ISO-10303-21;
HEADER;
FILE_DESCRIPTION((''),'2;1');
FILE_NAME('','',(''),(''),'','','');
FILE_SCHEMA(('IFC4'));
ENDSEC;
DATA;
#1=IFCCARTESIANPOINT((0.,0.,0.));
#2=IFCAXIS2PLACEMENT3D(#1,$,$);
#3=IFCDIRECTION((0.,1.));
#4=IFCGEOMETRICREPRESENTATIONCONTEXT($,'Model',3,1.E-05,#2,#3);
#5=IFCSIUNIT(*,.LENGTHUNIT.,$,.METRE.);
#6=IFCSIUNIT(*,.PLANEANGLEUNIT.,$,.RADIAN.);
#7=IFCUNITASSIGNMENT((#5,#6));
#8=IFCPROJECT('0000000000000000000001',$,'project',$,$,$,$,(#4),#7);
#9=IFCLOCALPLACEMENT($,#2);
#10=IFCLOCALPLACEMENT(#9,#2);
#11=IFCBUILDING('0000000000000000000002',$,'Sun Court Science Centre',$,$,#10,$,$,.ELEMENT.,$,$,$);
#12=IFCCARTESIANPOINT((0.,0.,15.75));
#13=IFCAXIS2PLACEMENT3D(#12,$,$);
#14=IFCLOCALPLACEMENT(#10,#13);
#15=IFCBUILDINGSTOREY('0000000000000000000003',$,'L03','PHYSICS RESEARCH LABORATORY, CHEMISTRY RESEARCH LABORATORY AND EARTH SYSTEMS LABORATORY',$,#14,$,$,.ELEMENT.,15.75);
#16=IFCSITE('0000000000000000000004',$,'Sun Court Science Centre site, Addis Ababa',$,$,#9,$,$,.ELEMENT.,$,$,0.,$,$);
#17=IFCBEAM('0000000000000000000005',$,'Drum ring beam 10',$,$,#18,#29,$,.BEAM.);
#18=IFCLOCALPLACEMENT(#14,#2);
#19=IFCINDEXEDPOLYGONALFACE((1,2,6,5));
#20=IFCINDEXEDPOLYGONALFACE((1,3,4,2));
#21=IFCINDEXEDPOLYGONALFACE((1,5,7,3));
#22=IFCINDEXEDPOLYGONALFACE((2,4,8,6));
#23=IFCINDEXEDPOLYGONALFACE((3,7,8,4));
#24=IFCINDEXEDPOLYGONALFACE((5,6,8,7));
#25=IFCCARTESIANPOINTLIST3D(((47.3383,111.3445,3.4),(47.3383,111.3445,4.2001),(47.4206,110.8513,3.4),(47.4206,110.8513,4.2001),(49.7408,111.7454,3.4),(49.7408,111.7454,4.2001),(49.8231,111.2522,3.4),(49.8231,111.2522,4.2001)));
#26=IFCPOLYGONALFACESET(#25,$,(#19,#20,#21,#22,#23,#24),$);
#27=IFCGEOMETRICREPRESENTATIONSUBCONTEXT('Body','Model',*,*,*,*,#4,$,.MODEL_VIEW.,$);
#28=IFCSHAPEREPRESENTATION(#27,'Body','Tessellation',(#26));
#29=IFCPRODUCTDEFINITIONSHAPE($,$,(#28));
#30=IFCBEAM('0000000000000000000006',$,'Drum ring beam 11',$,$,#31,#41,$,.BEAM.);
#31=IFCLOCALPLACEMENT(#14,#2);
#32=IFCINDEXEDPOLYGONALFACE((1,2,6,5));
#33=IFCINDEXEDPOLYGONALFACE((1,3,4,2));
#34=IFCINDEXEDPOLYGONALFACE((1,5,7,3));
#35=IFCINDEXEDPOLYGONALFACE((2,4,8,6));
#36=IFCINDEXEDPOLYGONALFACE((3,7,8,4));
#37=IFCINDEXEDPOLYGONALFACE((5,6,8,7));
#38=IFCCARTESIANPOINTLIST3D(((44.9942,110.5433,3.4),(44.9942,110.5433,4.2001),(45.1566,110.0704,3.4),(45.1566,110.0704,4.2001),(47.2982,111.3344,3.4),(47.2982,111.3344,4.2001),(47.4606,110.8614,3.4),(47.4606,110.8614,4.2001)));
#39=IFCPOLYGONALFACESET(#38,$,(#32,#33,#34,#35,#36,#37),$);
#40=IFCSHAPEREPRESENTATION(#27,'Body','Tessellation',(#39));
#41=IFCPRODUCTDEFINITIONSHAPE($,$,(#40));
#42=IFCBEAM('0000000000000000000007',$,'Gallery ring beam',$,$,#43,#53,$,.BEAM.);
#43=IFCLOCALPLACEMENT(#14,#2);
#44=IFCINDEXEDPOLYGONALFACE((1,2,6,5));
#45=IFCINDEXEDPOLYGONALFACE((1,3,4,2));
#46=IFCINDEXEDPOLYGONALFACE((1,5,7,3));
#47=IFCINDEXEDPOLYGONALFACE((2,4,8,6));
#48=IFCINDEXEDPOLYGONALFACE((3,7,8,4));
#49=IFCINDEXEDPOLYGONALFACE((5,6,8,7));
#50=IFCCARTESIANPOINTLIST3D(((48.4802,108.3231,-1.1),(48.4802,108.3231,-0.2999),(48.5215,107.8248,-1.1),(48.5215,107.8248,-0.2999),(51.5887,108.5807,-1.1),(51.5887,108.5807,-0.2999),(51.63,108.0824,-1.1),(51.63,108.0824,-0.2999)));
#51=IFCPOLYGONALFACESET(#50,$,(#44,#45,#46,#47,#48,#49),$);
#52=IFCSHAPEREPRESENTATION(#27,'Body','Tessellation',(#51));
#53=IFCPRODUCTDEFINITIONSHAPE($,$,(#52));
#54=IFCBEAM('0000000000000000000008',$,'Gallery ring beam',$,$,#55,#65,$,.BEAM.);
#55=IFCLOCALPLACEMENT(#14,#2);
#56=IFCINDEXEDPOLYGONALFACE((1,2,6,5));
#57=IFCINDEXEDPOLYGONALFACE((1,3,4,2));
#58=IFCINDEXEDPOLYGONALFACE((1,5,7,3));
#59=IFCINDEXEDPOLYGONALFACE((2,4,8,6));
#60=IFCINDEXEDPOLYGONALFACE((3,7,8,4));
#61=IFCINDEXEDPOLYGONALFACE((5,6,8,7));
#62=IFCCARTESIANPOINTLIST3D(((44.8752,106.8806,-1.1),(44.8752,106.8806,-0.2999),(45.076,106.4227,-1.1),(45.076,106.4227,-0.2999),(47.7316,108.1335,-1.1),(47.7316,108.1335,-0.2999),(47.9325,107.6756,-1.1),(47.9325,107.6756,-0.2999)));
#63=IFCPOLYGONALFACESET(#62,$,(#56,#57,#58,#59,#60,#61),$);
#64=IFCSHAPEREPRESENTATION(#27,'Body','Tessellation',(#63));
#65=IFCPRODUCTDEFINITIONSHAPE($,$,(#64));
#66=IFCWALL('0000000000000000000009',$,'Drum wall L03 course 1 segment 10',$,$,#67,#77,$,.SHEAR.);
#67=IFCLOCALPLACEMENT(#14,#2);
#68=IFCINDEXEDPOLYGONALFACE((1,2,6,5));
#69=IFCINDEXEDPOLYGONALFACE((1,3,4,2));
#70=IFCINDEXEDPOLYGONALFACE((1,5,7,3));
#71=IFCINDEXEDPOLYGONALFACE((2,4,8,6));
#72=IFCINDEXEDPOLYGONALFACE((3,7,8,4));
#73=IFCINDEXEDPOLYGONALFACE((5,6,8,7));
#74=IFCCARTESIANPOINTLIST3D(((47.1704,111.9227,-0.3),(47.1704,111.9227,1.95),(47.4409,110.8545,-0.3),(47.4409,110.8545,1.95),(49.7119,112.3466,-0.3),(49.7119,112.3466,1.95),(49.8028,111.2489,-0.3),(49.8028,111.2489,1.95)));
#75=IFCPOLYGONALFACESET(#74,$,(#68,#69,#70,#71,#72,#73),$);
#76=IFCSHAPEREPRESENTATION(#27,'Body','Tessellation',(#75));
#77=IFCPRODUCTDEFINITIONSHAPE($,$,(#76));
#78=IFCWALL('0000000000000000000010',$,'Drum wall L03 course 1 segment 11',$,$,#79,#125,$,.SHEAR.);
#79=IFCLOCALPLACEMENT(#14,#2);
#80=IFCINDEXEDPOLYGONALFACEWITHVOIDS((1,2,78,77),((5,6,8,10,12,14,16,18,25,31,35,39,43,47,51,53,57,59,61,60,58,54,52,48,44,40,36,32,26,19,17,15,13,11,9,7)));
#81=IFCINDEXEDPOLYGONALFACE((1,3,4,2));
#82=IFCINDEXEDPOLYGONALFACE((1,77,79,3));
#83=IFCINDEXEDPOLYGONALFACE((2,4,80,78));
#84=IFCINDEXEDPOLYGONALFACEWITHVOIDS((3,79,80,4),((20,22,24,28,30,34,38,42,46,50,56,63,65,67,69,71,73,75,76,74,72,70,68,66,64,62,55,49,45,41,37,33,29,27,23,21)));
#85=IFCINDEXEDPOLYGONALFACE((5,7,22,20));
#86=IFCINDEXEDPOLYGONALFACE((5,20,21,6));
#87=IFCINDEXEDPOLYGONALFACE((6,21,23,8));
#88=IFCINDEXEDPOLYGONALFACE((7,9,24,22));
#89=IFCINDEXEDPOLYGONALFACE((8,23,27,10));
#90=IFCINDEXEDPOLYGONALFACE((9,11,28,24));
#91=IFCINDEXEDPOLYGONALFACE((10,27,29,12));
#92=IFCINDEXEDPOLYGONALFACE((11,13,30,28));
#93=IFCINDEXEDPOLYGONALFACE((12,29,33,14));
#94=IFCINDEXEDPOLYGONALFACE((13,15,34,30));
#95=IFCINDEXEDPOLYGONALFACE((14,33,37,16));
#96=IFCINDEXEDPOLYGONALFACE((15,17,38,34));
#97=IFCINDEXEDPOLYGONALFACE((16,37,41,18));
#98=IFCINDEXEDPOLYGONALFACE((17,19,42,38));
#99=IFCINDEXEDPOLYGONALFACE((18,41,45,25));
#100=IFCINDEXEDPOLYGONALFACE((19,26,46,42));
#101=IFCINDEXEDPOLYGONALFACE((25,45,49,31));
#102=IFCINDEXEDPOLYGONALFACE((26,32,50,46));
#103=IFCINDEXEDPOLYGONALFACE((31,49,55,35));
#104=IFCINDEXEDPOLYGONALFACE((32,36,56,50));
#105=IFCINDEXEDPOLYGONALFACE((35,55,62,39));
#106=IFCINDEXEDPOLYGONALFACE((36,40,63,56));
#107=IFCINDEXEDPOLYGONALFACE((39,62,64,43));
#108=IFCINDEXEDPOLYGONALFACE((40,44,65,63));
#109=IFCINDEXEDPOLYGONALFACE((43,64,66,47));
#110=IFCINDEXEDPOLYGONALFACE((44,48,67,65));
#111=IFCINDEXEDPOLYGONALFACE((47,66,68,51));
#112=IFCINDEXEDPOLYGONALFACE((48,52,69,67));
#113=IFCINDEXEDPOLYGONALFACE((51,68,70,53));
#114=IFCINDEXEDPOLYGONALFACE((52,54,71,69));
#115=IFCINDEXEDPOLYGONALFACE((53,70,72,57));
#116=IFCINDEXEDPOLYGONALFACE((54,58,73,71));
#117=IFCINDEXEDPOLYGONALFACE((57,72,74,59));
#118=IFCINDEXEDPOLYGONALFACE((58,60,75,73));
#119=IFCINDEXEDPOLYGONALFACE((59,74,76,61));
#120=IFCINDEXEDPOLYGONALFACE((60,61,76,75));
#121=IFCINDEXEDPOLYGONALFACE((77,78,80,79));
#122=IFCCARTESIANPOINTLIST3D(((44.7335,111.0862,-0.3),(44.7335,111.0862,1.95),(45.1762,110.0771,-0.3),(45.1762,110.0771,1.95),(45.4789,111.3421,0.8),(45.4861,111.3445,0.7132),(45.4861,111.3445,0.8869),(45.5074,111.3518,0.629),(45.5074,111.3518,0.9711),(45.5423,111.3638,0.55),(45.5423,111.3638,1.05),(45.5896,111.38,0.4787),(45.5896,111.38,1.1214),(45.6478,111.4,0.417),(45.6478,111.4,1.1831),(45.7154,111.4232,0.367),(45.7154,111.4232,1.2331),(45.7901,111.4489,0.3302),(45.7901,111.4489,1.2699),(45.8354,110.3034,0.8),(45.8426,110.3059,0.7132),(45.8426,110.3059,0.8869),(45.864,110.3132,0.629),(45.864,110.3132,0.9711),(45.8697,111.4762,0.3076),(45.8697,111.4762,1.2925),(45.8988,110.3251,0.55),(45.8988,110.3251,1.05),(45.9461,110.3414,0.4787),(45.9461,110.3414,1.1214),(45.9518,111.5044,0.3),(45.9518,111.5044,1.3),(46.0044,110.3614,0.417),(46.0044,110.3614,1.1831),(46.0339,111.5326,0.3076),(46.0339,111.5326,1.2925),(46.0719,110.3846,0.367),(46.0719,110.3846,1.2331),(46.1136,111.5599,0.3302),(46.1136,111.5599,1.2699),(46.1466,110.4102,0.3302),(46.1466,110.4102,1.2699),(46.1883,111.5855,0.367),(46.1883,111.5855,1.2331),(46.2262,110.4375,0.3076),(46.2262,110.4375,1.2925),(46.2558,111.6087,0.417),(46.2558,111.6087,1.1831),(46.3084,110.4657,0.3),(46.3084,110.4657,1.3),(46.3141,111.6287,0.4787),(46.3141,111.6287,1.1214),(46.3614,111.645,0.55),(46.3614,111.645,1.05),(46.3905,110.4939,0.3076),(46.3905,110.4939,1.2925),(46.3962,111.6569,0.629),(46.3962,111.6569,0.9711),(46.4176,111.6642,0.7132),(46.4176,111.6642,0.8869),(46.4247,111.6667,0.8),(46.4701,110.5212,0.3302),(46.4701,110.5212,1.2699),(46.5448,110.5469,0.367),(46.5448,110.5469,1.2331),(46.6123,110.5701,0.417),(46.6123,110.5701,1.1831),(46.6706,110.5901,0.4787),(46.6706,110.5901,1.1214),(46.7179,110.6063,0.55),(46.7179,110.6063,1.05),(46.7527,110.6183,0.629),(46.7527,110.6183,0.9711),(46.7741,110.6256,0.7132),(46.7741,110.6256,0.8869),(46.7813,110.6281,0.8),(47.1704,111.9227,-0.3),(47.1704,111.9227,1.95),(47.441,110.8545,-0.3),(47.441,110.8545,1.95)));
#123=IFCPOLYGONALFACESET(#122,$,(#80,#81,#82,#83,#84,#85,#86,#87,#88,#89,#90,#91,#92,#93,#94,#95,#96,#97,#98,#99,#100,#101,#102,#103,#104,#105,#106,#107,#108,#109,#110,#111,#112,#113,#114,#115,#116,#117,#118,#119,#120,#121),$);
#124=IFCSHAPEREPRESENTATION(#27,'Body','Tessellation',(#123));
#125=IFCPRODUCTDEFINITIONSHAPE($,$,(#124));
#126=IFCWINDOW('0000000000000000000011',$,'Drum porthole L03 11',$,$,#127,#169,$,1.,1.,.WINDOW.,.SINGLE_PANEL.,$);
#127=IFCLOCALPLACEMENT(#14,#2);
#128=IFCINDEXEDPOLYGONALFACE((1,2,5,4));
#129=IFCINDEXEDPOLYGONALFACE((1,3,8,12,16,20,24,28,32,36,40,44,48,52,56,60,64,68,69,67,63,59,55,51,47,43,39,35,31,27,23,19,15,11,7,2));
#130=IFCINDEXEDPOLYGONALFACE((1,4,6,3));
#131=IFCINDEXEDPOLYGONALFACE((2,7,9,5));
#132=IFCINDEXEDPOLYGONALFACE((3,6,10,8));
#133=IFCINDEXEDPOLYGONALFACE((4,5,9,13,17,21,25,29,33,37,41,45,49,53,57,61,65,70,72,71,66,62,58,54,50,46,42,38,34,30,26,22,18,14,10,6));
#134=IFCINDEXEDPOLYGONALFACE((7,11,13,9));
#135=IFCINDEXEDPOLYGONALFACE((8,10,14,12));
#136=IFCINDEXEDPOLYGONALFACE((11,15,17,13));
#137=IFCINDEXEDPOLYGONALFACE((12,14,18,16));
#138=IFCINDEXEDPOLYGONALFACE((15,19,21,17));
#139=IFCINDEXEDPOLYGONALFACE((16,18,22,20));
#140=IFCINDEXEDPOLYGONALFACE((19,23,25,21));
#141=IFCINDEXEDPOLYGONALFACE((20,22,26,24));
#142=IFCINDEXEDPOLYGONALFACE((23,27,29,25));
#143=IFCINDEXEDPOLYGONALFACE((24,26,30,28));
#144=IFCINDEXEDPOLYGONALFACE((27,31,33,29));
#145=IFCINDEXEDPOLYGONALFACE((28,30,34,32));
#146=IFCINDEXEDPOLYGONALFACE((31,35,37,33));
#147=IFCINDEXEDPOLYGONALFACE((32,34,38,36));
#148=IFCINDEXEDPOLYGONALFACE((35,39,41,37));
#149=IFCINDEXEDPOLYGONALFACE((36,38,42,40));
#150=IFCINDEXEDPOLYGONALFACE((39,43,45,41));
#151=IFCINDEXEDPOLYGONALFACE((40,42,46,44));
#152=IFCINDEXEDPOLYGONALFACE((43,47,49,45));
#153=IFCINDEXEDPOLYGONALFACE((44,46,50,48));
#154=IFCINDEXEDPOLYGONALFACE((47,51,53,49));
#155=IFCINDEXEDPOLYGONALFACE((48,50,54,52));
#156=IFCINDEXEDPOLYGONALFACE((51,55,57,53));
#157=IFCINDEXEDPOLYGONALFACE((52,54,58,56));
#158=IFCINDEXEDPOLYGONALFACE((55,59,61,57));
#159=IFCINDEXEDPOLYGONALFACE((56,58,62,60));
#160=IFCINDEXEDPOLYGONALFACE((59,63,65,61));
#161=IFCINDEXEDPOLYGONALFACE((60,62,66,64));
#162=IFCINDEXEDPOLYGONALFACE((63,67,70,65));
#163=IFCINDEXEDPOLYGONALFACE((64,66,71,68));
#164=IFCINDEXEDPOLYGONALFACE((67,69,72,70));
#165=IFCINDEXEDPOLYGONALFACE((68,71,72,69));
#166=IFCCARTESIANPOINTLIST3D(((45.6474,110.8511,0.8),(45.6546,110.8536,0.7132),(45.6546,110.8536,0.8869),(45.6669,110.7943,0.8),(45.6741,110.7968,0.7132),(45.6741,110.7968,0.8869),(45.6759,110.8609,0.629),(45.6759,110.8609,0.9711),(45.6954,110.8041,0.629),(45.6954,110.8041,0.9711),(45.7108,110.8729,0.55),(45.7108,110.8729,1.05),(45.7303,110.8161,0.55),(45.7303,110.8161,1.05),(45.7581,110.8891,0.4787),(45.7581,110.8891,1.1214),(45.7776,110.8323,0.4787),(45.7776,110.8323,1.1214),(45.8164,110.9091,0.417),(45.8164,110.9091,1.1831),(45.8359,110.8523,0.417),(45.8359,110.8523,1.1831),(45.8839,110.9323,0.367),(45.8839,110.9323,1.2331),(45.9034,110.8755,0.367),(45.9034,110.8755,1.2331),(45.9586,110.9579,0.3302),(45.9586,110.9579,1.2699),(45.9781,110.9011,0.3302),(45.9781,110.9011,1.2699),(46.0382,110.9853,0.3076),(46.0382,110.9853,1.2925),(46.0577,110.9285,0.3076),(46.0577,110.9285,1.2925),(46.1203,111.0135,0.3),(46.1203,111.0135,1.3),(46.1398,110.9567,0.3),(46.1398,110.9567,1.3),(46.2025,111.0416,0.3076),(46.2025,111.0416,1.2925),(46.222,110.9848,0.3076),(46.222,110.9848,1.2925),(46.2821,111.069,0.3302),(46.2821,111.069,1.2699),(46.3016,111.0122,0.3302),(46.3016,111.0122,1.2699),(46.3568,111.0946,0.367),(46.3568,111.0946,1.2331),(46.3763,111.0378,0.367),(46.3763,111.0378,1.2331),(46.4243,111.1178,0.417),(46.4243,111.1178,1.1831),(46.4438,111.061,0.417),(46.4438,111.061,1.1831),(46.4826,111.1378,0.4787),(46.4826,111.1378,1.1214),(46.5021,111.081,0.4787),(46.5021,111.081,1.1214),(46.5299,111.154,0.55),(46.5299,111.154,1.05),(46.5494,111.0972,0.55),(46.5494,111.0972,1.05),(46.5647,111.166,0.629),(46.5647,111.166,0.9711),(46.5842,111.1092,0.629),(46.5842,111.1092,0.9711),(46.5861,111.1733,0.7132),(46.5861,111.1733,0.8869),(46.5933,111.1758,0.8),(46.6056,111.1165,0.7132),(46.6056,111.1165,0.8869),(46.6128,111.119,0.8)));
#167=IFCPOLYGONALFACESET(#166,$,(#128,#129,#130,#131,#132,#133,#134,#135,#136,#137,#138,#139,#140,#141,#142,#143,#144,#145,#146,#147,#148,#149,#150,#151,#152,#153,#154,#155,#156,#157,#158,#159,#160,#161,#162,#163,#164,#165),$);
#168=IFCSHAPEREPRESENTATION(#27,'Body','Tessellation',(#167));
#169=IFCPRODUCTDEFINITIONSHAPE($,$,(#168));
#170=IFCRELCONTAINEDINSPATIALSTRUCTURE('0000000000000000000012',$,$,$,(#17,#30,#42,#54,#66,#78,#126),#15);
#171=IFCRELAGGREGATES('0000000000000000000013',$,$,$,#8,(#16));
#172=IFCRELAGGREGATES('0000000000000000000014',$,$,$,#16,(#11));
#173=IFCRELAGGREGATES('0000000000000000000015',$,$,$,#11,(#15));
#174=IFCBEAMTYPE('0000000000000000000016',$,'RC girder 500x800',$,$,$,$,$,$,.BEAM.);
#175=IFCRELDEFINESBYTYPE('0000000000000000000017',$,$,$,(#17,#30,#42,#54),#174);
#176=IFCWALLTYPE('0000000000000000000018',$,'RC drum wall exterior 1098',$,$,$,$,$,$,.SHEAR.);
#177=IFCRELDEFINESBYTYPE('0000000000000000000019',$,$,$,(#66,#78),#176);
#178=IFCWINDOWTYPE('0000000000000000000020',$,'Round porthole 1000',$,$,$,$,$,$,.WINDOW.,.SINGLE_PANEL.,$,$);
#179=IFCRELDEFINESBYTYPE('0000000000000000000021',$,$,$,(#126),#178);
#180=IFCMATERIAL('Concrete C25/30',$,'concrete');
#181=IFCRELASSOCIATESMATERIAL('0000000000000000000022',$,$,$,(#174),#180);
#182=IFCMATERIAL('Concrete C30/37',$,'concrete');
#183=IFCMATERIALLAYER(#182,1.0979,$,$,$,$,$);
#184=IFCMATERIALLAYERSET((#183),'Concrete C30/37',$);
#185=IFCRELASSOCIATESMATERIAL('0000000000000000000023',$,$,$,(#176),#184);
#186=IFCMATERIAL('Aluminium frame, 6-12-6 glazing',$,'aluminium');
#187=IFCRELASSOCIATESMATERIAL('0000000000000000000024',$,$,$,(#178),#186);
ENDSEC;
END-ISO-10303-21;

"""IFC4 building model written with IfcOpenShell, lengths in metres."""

from ifc_helpers import new_model, si_unit, direction, frame, frame_2d, origin, origin_2d, place, context, subcontext, project, spatial, polyline, rectangle, circle, outline, extrude, material, layer, layer_set, material_profile, profile_set, type_object, element, fill, save


model = new_model("IFC4")

# Units and contexts
model_context = context("Model", 3, precision=1e-05, world=origin(), true_north=direction((0.0, 1.0)))
body_context = subcontext(model_context, "Body", "Model", "MODEL_VIEW")
ifc_project = project(units=[si_unit("LENGTHUNIT", "METRE"), si_unit("PLANEANGLEUNIT", "RADIAN")], contexts=[model_context])

# Site, building, storey
site_placement = place(None, origin())
site = spatial("IfcSite", under=ifc_project, at=site_placement, Name="Sun Court Science Centre site, Addis Ababa", CompositionType="ELEMENT", RefElevation=0.0)
building_placement = place(site_placement, origin())
building = spatial("IfcBuilding", under=site, at=building_placement, Name="Sun Court Science Centre", CompositionType="ELEMENT")
storey_placement = place(building_placement, frame((0.0, 0.0, 15.75)))
storey = spatial("IfcBuildingStorey", under=building, at=storey_placement, Name="L03", Description="PHYSICS RESEARCH LABORATORY, CHEMISTRY RESEARCH LABORATORY AND EARTH SYSTEMS LABORATORY", CompositionType="ELEMENT", Elevation=15.75)

# Beams
ifc_material_1 = material(Name="Concrete C25/30", Category="concrete")
ifc_material_profile_1 = material_profile(ifc_material_1, rectangle(XDim=0.5, YDim=0.8, at=origin_2d()), Name="RC 500x800")
ifc_profile_set_1 = profile_set([ifc_material_profile_1], Name="Concrete C25/30")
beam_type = type_object("IfcBeamType", Name="RC girder 500x800", PredefinedType="BEAM", material=ifc_profile_set_1)
beam_1_placement = place(storey_placement, frame((49.782, 111.4988, 3.8), z_axis=(-0.986364, -0.164578, 0.0), x_axis=(0.164578, -0.986364, 0.0)))
element("IfcBeam", 1, at=beam_1_placement, inside=storey, type_object=beam_type, Name="Drum ring beam 10", PredefinedType="BEAM", context=body_context, shape_type="SweptSolid", body=[
    extrude(rectangle(XDim=0.5, YDim=0.8, at=origin_2d()), origin(), (0.0, 0.0, 1.0), 2.4358),
])
beam_2_placement = place(storey_placement, frame((47.3794, 111.0979, 3.8), z_axis=(-0.945809, -0.324724, 0.0), x_axis=(0.324724, -0.945809, 0.0)))
element("IfcBeam", 2, at=beam_2_placement, inside=storey, type_object=beam_type, Name="Drum ring beam 11", PredefinedType="BEAM", context=body_context, shape_type="SweptSolid", body=[
    extrude(rectangle(XDim=0.5, YDim=0.8, at=origin_2d()), origin(), (0.0, 0.0, 1.0), 2.436),
])
for number, where, z_axis, x_axis, name in (
    (3, (51.6094, 108.3315, -0.7), (-0.996585, -0.082579, 0.0), (0.082579, -0.996585, 0.0), "Gallery ring beam"),
    (4, (47.832, 107.9045, -0.7), (-0.915776, -0.401689, 0.0), (0.401689, -0.915776, 0.0), "Gallery ring beam"),
):
    element("IfcBeam", number, at=place(storey_placement, frame(where, z_axis=z_axis, x_axis=x_axis)), inside=storey, type_object=beam_type, Name=name, PredefinedType="BEAM", context=body_context, shape_type="SweptSolid", body=[
        extrude(rectangle(XDim=0.5, YDim=0.8, at=origin_2d()), origin(), (0.0, 0.0, 1.0), 3.1191),
    ])

# Wall
ifc_material_2 = material(Name="Concrete C30/37", Category="concrete")
ifc_layer_1 = layer(ifc_material_2, 1.0979)
ifc_layer_set_1 = layer_set([ifc_layer_1], Name="Concrete C30/37")
wall_type_1 = type_object("IfcWallType", Name="RC drum wall exterior 1098", PredefinedType="SHEAR", material=ifc_layer_set_1)
wall_1_placement = place(storey_placement, frame((49.802, 111.8052, -0.3), z_axis=(0.0, 0.0, 1.0), x_axis=(-0.986361, -0.164599, 0.0)))
element("IfcWall", 5, at=wall_1_placement, inside=storey, type_object=wall_type_1, Name="Drum wall L03 course 1 segment 10", PredefinedType="SHEAR", context=body_context, shape_type="SweptSolid", body=[
    extrude(outline(polyline([(-0.0002, -0.5488), (2.5764, -0.5491), (2.4854, 0.5491), (0.0908, 0.5488), (-0.0002, -0.5488)])), origin(), (0.0, 0.0, 1.0), 2.25),
])

# Wall, opening, window
wall_2_placement = place(storey_placement, frame((47.3486, 111.4033, -0.3), z_axis=(0.0, 0.0, 1.0), x_axis=(-0.945831, -0.324659, 0.0)))
wall_2 = element("IfcWall", 6, at=wall_2_placement, inside=storey, type_object=wall_type_1, Name="Drum wall L03 course 1 segment 11", PredefinedType="SHEAR", context=body_context, shape_type="SweptSolid", body=[
    extrude(outline(polyline([(0.0, -0.5491), (2.5764, -0.5491), (2.4854, 0.5491), (0.0908, 0.5491), (0.0, -0.5491)])), origin(), (0.0, 0.0, 1.0), 2.25),
])
opening_1_placement = place(wall_2_placement, frame((0.7883, 0.0, 0.6001)))
opening_1 = element("IfcOpeningElement", 7, at=opening_1_placement, cuts=wall_2, PredefinedType="OPENING", context=body_context, shape_type="SweptSolid", body=[
    extrude(circle(Radius=0.5, at=frame_2d((0.5, 0.5))), frame((0.0, 0.5588, 0.0), z_axis=(0.0, -1.0, 0.0), x_axis=(1.0, 0.0, 0.0)), (0.0, 0.0, 1.0), 1.1179),
])
ifc_material_3 = material(Name="Aluminium frame, 6-12-6 glazing", Category="aluminium")
window_type = type_object("IfcWindowType", Name="Round porthole 1000", PartitioningType="SINGLE_PANEL", PredefinedType="WINDOW", material=ifc_material_3)
window_1_placement = place(opening_1_placement, origin())
window_1 = element("IfcWindow", 8, at=window_1_placement, inside=storey, type_object=window_type, Name="Drum porthole L03 11", OverallHeight=1.0, OverallWidth=1.0, PartitioningType="SINGLE_PANEL", PredefinedType="WINDOW", context=body_context, shape_type="SweptSolid", body=[
    extrude(circle(Radius=0.5, at=frame_2d((0.5, 0.5))), frame((0.0, 0.03, 0.0), z_axis=(0.0, -1.0, 0.0), x_axis=(1.0, 0.0, 0.0)), (0.0, 0.0, 1.0), 0.0601),
])
fill(opening_1, window_1)

save(model, "model.ifc")
